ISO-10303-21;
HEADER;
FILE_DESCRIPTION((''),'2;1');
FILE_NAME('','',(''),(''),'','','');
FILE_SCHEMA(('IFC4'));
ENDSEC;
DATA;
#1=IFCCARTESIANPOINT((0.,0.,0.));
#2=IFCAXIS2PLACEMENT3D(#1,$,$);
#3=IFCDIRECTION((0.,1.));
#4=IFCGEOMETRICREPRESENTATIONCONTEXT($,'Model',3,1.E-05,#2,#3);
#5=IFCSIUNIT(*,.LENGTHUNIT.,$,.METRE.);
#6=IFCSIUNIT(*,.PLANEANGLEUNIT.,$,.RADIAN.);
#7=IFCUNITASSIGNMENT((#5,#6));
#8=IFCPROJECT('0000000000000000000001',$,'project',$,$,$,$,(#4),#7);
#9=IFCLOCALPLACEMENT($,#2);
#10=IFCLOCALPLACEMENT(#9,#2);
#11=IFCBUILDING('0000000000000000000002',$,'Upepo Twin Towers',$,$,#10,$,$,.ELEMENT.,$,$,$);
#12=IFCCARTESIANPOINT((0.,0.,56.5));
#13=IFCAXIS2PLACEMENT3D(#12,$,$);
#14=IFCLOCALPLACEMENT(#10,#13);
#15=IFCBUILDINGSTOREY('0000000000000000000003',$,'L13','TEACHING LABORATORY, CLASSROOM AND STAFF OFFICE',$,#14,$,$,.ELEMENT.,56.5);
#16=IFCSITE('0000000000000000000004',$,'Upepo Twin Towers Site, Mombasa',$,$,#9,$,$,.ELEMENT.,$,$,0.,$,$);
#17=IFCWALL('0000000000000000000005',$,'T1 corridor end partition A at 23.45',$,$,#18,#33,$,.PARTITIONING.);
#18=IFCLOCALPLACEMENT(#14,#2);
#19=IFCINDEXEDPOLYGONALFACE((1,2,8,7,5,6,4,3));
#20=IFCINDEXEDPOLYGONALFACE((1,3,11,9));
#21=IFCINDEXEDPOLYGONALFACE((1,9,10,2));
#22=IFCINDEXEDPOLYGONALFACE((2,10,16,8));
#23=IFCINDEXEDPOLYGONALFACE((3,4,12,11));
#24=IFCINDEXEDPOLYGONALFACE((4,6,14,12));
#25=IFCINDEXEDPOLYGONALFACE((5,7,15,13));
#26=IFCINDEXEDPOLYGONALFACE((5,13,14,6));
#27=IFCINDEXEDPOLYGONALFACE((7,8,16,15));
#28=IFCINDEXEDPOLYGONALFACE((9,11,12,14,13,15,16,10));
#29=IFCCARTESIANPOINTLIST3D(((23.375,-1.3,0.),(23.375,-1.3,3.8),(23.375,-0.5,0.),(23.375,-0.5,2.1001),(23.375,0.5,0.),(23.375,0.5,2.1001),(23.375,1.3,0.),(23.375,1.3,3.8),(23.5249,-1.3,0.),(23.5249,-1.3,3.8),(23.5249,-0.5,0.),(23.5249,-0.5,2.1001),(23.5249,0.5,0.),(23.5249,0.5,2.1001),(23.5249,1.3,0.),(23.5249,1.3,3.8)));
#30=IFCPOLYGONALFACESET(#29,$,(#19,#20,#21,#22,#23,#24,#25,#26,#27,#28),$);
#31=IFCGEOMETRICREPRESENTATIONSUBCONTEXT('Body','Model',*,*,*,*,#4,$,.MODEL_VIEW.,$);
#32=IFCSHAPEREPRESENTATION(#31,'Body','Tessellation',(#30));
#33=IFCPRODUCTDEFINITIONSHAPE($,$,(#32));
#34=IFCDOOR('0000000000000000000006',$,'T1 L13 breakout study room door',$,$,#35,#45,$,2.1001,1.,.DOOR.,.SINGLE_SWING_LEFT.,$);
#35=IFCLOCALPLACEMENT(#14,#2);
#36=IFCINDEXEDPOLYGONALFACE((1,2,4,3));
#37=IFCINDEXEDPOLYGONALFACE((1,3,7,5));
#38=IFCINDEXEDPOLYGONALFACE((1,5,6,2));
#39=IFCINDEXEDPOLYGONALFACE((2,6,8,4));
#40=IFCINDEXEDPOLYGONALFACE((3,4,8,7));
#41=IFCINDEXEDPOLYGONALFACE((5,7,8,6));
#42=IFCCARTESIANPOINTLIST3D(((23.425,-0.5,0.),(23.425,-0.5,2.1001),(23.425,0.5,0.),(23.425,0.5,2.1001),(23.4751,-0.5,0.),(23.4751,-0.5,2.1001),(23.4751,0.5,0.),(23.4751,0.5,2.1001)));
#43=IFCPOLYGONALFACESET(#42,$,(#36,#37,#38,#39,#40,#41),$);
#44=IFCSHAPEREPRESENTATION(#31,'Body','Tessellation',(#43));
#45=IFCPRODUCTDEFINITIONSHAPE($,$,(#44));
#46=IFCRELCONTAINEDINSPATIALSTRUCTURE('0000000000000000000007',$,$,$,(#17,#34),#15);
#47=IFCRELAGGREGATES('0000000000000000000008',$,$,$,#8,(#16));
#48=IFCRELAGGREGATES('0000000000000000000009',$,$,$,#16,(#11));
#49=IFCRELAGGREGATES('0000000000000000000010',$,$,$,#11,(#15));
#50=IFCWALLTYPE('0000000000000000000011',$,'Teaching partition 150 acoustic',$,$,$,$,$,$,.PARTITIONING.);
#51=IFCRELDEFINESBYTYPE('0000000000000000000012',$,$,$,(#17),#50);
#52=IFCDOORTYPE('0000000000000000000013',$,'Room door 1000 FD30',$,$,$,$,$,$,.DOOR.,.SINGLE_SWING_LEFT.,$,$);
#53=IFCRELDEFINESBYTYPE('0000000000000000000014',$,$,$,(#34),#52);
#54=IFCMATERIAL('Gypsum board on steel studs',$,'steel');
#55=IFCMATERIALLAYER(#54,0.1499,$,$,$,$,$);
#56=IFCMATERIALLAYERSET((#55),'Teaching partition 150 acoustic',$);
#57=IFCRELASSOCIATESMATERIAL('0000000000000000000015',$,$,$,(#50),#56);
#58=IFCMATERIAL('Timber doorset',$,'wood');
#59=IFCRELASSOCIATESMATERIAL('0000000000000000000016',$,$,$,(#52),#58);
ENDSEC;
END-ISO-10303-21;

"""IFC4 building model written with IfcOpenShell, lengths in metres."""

from ifc_helpers import new_model, si_unit, direction, frame, frame_2d, origin, place, context, subcontext, project, spatial, rectangle, extrude, material, layer, layer_set, type_object, element, fill, save


model = new_model("IFC4")

# Units and contexts
model_context = context("Model", 3, precision=1e-05, world=origin(), true_north=direction((0.0, 1.0)))
body_context = subcontext(model_context, "Body", "Model", "MODEL_VIEW")
ifc_project = project(units=[si_unit("LENGTHUNIT", "METRE"), si_unit("PLANEANGLEUNIT", "RADIAN")], contexts=[model_context])

# Site, building, storey
site_placement = place(None, origin())
site = spatial("IfcSite", under=ifc_project, at=site_placement, Name="Upepo Twin Towers Site, Mombasa", CompositionType="ELEMENT", RefElevation=0.0)
building_placement = place(site_placement, origin())
building = spatial("IfcBuilding", under=site, at=building_placement, Name="Upepo Twin Towers", CompositionType="ELEMENT")
storey_placement = place(building_placement, frame((0.0, 0.0, 56.5)))
storey = spatial("IfcBuildingStorey", under=building, at=storey_placement, Name="L13", Description="TEACHING LABORATORY, CLASSROOM AND STAFF OFFICE", CompositionType="ELEMENT", Elevation=56.5)

# Shared definitions
ifc_material_1 = material(Name="Gypsum board on steel studs", Category="steel")
ifc_layer_1 = layer(ifc_material_1, 0.1499)
ifc_layer_set_1 = layer_set([ifc_layer_1], Name="Teaching partition 150 acoustic")
wall_type_1 = type_object("IfcWallType", Name="Teaching partition 150 acoustic", PredefinedType="PARTITIONING", material=ifc_layer_set_1)

# Shared definitions
ifc_material_2 = material(Name="Timber doorset", Category="wood")
door_type = type_object("IfcDoorType", Name="Room door 1000 FD30", OperationType="SINGLE_SWING_LEFT", PredefinedType="DOOR", material=ifc_material_2)

# Wall, opening, door
wall_1_placement = place(storey_placement, frame((23.45, -1.3, 0.0), z_axis=(0.0, 0.0, 1.0), x_axis=(0.0, 1.0, 0.0)))
wall_1 = element("IfcWall", 1, at=wall_1_placement, inside=storey, type_object=wall_type_1, Name="T1 corridor end partition A at 23.45", PredefinedType="PARTITIONING", context=body_context, shape_type="SweptSolid", body=[
    extrude(rectangle(XDim=2.6001, YDim=0.1499, at=frame_2d((1.3, 0.0))), origin(), (0.0, 0.0, 1.0), 3.8),
])
opening_1_placement = place(wall_1_placement, frame((0.8, 0.0, 0.0)))
opening_1 = element("IfcOpeningElement", 2, at=opening_1_placement, cuts=wall_1, PredefinedType="OPENING", context=body_context, shape_type="SweptSolid", body=[
    extrude(rectangle(XDim=1.0, YDim=2.1001, at=frame_2d((0.5, 1.05))), frame((0.0, 0.085, 0.0), z_axis=(0.0, -1.0, 0.0), x_axis=(1.0, 0.0, 0.0)), (0.0, 0.0, 1.0), 0.1699),
])
door_1_placement = place(opening_1_placement, origin())
door_1 = element("IfcDoor", 3, at=door_1_placement, inside=storey, type_object=door_type, Name="T1 L13 breakout study room door", OperationType="SINGLE_SWING_LEFT", OverallHeight=2.1001, OverallWidth=1.0, PredefinedType="DOOR", context=body_context, shape_type="SweptSolid", body=[
    extrude(rectangle(XDim=1.0, YDim=2.1001, at=frame_2d((0.5, 1.05))), frame((0.0, 0.0249, 0.0), z_axis=(0.0, -1.0, 0.0), x_axis=(1.0, 0.0, 0.0)), (0.0, 0.0, 1.0), 0.05),
])
fill(opening_1, door_1)

save(model, "model.ifc")
